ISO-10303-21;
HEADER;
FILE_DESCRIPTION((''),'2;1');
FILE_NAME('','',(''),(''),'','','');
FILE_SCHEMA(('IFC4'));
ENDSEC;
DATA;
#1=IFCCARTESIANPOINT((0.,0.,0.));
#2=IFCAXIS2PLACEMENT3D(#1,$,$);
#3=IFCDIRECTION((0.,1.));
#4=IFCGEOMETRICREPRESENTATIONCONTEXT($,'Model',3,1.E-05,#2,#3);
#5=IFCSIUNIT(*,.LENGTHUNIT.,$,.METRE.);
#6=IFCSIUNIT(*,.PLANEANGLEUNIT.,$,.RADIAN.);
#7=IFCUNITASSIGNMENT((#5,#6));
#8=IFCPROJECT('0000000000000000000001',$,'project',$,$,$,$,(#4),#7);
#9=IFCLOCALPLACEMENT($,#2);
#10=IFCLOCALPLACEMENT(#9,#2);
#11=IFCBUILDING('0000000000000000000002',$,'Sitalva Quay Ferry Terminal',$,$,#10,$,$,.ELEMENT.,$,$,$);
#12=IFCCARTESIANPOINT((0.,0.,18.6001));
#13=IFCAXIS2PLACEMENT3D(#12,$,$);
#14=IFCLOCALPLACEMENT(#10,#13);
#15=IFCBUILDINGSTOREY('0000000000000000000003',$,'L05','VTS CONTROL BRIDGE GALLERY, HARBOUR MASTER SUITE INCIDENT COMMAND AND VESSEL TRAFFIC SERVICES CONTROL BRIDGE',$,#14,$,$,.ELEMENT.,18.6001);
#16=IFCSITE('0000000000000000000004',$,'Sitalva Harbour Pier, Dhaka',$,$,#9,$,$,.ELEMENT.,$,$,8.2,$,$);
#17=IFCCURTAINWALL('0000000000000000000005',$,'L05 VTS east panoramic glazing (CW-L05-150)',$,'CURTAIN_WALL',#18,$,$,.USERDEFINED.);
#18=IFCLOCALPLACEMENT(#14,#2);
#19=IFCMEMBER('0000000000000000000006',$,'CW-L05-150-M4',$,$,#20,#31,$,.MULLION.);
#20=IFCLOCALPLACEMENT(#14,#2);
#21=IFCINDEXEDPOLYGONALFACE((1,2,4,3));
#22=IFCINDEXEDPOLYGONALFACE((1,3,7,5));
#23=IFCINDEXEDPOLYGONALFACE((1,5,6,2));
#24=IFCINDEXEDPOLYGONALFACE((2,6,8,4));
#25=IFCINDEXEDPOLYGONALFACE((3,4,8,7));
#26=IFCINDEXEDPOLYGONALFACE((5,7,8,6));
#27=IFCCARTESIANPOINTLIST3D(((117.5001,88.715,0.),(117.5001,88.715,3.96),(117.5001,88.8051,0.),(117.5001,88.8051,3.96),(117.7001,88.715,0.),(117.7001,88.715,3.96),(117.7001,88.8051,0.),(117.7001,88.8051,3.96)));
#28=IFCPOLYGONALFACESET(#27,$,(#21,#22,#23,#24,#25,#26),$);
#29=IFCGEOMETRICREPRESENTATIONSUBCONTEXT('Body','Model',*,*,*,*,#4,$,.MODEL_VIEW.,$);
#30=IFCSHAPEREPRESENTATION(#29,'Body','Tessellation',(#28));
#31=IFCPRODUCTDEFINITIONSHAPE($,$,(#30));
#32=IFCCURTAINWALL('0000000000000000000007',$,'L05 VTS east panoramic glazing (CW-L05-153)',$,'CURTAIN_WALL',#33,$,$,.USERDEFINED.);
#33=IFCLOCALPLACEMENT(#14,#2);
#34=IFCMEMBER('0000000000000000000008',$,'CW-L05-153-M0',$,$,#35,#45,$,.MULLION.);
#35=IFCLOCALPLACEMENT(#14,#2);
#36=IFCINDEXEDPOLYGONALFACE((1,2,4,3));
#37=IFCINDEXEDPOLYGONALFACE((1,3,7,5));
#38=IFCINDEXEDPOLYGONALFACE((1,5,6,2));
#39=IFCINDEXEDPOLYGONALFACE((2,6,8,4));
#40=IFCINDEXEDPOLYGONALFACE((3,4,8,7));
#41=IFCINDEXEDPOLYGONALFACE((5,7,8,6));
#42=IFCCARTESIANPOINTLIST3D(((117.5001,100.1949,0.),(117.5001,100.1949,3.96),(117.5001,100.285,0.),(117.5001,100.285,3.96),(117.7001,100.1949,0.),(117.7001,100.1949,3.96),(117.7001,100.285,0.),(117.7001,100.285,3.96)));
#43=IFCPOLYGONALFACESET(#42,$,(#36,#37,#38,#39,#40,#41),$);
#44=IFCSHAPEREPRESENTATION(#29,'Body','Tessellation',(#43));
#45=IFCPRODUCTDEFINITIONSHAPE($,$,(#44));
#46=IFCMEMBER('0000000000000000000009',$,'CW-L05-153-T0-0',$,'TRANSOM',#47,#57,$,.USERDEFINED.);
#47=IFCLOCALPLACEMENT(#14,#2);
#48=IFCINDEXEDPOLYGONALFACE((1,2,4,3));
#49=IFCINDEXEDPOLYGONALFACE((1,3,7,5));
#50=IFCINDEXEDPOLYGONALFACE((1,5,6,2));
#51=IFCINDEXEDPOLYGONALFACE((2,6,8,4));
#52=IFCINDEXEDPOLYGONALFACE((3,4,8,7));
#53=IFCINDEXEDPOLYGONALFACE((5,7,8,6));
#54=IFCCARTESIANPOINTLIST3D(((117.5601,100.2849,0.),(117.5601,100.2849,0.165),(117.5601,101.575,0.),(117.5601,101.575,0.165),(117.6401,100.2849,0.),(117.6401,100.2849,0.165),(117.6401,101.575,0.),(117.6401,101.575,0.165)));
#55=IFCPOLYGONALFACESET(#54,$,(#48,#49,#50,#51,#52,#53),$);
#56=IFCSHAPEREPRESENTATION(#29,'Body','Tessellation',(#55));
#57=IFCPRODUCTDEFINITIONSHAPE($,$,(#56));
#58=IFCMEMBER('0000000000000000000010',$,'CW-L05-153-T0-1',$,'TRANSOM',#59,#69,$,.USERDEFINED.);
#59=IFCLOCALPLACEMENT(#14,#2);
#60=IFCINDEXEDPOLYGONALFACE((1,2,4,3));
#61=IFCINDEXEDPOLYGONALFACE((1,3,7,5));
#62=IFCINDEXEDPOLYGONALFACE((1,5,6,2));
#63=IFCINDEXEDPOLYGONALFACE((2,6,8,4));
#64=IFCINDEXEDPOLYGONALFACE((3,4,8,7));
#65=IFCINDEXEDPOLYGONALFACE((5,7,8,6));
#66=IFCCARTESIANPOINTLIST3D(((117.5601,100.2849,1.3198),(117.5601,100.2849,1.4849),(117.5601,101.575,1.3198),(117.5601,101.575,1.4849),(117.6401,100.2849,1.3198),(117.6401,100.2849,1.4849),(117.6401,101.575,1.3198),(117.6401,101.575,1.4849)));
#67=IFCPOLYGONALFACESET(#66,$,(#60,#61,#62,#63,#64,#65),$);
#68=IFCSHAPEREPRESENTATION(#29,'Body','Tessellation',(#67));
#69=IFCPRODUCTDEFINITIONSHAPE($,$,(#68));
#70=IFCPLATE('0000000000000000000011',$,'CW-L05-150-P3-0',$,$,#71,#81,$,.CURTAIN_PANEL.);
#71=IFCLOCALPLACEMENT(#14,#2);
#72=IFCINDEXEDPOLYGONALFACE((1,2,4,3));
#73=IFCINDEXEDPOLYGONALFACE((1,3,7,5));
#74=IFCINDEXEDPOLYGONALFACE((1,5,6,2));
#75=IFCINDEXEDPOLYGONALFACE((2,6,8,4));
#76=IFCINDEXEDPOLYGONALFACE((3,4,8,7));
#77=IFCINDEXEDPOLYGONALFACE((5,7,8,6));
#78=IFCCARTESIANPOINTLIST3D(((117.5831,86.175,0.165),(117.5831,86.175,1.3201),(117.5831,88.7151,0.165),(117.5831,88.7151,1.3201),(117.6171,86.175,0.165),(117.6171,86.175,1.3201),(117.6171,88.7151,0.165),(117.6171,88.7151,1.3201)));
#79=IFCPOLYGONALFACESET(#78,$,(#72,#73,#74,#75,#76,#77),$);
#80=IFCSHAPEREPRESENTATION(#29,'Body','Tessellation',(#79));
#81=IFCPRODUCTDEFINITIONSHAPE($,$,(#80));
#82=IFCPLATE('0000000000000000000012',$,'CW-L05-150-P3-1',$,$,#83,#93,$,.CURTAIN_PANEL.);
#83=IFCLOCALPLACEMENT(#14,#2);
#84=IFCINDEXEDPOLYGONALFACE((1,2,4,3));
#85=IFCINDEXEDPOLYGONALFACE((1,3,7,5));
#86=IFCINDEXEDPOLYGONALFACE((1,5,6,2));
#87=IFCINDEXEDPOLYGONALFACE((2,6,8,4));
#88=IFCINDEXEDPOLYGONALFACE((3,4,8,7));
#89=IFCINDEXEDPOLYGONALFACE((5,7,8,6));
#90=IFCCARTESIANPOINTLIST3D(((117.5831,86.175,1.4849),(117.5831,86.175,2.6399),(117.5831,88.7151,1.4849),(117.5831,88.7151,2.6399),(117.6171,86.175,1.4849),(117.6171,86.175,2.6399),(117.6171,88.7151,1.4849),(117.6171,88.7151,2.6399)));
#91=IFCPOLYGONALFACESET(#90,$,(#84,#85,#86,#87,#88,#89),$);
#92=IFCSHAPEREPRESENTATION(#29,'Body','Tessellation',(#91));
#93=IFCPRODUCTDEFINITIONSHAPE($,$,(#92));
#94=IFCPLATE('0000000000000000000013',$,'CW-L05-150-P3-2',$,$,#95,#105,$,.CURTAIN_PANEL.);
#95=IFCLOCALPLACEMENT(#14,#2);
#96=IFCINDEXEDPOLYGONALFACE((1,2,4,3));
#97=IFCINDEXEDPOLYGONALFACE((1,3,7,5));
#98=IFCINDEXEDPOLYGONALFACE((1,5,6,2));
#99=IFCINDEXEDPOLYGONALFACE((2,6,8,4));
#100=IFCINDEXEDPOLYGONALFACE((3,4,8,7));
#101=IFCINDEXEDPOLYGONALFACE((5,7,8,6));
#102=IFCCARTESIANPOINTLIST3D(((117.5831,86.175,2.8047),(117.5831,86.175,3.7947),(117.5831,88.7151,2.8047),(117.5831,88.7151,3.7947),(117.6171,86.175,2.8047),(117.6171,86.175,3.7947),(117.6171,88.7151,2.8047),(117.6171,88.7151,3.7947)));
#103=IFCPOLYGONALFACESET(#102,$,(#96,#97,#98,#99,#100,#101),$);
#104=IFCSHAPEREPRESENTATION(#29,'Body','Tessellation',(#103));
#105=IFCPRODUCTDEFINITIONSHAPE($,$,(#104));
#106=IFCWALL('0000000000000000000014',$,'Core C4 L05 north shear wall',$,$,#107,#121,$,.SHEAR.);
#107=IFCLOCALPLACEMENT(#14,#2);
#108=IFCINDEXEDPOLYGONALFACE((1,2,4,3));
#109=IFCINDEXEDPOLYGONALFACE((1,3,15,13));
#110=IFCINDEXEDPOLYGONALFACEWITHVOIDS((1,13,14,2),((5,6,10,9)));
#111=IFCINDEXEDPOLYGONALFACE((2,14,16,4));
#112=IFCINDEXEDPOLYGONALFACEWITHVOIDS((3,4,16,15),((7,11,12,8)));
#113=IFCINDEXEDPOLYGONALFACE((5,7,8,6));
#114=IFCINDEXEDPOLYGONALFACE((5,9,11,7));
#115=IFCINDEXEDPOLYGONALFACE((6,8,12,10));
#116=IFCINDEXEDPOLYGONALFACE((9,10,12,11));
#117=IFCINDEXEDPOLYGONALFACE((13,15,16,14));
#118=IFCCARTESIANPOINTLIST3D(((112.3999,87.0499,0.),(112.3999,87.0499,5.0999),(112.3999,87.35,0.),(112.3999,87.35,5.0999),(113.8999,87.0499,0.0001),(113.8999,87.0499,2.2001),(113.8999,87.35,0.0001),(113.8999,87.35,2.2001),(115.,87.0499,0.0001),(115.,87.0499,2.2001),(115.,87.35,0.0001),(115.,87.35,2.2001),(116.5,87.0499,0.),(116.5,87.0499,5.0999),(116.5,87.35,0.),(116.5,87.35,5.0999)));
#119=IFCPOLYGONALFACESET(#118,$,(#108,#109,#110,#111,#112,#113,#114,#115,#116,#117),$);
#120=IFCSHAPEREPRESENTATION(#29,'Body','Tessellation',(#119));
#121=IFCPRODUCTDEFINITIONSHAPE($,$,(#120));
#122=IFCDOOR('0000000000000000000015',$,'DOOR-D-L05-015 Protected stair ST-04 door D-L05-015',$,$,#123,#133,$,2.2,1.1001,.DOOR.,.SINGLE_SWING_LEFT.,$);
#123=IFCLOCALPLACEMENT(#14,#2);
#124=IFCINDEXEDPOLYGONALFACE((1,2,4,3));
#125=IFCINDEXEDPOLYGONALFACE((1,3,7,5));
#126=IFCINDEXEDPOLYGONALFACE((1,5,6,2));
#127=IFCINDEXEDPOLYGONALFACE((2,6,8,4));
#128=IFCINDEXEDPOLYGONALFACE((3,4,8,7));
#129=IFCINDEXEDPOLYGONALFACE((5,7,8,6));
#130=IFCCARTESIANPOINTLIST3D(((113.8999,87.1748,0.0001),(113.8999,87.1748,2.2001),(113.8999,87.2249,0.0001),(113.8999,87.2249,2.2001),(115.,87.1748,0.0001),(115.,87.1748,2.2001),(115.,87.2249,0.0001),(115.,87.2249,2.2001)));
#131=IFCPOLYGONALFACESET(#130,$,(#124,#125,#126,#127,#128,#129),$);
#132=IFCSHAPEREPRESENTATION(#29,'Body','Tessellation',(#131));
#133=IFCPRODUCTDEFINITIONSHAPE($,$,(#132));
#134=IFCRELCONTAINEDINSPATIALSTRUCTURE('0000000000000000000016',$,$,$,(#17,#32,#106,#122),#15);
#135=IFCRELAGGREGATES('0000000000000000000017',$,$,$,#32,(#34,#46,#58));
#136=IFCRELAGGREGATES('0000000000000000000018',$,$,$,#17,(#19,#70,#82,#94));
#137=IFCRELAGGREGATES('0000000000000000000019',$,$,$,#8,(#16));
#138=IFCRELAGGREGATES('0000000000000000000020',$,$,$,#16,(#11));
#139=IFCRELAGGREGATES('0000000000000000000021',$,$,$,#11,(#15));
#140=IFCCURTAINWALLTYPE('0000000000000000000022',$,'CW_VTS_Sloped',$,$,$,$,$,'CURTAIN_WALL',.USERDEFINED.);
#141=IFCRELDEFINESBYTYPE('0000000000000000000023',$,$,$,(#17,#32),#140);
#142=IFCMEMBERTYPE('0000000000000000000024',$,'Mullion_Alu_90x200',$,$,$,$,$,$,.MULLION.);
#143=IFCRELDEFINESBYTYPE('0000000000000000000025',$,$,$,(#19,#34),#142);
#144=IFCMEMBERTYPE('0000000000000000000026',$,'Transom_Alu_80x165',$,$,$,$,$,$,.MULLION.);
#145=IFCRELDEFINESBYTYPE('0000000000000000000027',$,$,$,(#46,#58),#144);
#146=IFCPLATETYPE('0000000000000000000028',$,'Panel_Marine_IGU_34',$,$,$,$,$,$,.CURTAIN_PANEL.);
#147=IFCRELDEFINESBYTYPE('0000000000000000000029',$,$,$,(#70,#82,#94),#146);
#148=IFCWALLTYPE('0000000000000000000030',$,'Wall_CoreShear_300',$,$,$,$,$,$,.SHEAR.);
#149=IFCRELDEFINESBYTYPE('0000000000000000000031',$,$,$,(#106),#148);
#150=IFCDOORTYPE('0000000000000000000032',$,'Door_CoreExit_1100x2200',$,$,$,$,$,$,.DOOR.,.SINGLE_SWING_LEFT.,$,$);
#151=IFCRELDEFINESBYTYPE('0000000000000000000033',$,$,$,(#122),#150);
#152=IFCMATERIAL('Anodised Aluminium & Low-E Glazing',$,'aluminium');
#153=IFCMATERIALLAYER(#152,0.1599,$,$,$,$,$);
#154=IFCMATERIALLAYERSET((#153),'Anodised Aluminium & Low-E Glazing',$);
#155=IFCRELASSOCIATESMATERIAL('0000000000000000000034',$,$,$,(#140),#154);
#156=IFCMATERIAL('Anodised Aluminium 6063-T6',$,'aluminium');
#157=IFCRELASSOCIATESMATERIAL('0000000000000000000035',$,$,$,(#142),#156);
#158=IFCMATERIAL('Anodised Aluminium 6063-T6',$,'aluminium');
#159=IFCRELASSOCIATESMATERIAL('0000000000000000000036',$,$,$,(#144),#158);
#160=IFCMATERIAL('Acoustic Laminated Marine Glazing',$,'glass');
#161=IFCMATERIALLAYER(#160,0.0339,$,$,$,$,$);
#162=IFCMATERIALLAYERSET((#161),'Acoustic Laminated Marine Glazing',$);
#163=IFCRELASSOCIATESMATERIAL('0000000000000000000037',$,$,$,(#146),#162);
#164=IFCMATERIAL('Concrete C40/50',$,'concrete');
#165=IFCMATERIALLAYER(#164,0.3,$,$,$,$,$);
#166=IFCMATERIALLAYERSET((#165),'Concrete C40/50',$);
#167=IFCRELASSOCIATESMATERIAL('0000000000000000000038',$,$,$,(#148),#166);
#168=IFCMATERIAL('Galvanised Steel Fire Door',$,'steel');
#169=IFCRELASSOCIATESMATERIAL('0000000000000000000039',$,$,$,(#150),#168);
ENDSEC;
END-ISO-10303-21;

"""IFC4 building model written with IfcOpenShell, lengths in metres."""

from ifc_helpers import new_model, si_unit, direction, frame, frame_2d, origin, origin_2d, place, context, subcontext, project, spatial, rectangle, extrude, material, layer, layer_set, material_profile, profile_set, type_object, element, fill, aggregate, save


model = new_model("IFC4")

# Units and contexts
model_context = context("Model", 3, precision=1e-05, world=origin(), true_north=direction((0.0, 1.0)))
body_context = subcontext(model_context, "Body", "Model", "MODEL_VIEW")
ifc_project = project(units=[si_unit("LENGTHUNIT", "METRE"), si_unit("PLANEANGLEUNIT", "RADIAN")], contexts=[model_context])

# Site, building, storey
site_placement = place(None, origin())
site = spatial("IfcSite", under=ifc_project, at=site_placement, Name="Sitalva Harbour Pier, Dhaka", CompositionType="ELEMENT", RefElevation=8.2)
building_placement = place(site_placement, origin())
building = spatial("IfcBuilding", under=site, at=building_placement, Name="Sitalva Quay Ferry Terminal", CompositionType="ELEMENT")
storey_placement = place(building_placement, frame((0.0, 0.0, 18.6001)))
storey = spatial("IfcBuildingStorey", under=building, at=storey_placement, Name="L05", Description="VTS CONTROL BRIDGE GALLERY, HARBOUR MASTER SUITE INCIDENT COMMAND AND VESSEL TRAFFIC SERVICES CONTROL BRIDGE", CompositionType="ELEMENT", Elevation=18.6001)

# Curtain wall, member
ifc_material_1 = material(Name="Anodised Aluminium & Low-E Glazing", Category="aluminium")
ifc_layer_1 = layer(ifc_material_1, 0.1599)
ifc_layer_set_1 = layer_set([ifc_layer_1], Name="Anodised Aluminium & Low-E Glazing")
curtain_wall_type = type_object("IfcCurtainWallType", Name="CW_VTS_Sloped", ElementType="CURTAIN_WALL", PredefinedType="USERDEFINED", material=ifc_layer_set_1)
curtain_wall_1_placement = place(storey_placement, origin())
curtain_wall_1 = element("IfcCurtainWall", 1, at=curtain_wall_1_placement, inside=storey, type_object=curtain_wall_type, Name="L05 VTS east panoramic glazing (CW-L05-150)", ObjectType="CURTAIN_WALL", PredefinedType="USERDEFINED")
ifc_material_2 = material(Name="Anodised Aluminium 6063-T6", Category="aluminium")
ifc_material_profile_1 = material_profile(ifc_material_2, rectangle(XDim=0.0901, YDim=0.2, at=origin_2d()), Name="ALU90x200")
ifc_profile_set_1 = profile_set([ifc_material_profile_1], Name="Anodised Aluminium 6063-T6")
member_type_1 = type_object("IfcMemberType", Name="Mullion_Alu_90x200", PredefinedType="MULLION", material=ifc_profile_set_1)
member_1_placement = place(storey_placement, frame((117.6001, 88.76, 0.0), z_axis=(0.0, 0.0, 1.0), x_axis=(0.0, 1.0, 0.0)))
member_1 = element("IfcMember", 2, at=member_1_placement, type_object=member_type_1, Name="CW-L05-150-M4", PredefinedType="MULLION", context=body_context, shape_type="SweptSolid", body=[
    extrude(rectangle(XDim=0.0901, YDim=0.2, at=origin_2d()), origin(), (0.0, 0.0, 1.0), 3.96),
])

# Curtain wall, members
curtain_wall_2_placement = place(storey_placement, origin())
curtain_wall_2 = element("IfcCurtainWall", 3, at=curtain_wall_2_placement, inside=storey, type_object=curtain_wall_type, Name="L05 VTS east panoramic glazing (CW-L05-153)", ObjectType="CURTAIN_WALL", PredefinedType="USERDEFINED")
member_2_placement = place(storey_placement, frame((117.6001, 100.24, 0.0), z_axis=(0.0, 0.0, 1.0), x_axis=(0.0, 1.0, 0.0)))
member_2 = element("IfcMember", 4, at=member_2_placement, type_object=member_type_1, Name="CW-L05-153-M0", PredefinedType="MULLION", context=body_context, shape_type="SweptSolid", body=[
    extrude(rectangle(XDim=0.0901, YDim=0.2, at=origin_2d()), origin(), (0.0, 0.0, 1.0), 3.96),
])
ifc_material_3 = material(Name="Anodised Aluminium 6063-T6", Category="aluminium")
ifc_material_profile_2 = material_profile(ifc_material_3, rectangle(XDim=0.0801, YDim=0.165, at=origin_2d()), Name="ALU80x165")
ifc_profile_set_2 = profile_set([ifc_material_profile_2], Name="Anodised Aluminium 6063-T6")
member_type_2 = type_object("IfcMemberType", Name="Transom_Alu_80x165", PredefinedType="MULLION", material=ifc_profile_set_2)
member_3_placement = place(storey_placement, frame((117.6001, 100.2849, 0.0825), z_axis=(0.0, 1.0, 0.0), x_axis=(-1.0, 0.0, 0.0)))
member_3 = element("IfcMember", 5, at=member_3_placement, type_object=member_type_2, Name="CW-L05-153-T0-0", ObjectType="TRANSOM", PredefinedType="USERDEFINED", context=body_context, shape_type="SweptSolid", body=[
    extrude(rectangle(XDim=0.0801, YDim=0.165, at=origin_2d()), origin(), (0.0, 0.0, 1.0), 1.29),
])
member_4_placement = place(storey_placement, frame((117.6001, 100.2849, 1.4023), z_axis=(0.0, 1.0, 0.0), x_axis=(-1.0, 0.0, 0.0)))
member_4 = element("IfcMember", 6, at=member_4_placement, type_object=member_type_2, Name="CW-L05-153-T0-1", ObjectType="TRANSOM", PredefinedType="USERDEFINED", context=body_context, shape_type="SweptSolid", body=[
    extrude(rectangle(XDim=0.0801, YDim=0.165, at=origin_2d()), origin(), (0.0, 0.0, 1.0), 1.29),
])
aggregate(curtain_wall_2, [member_2, member_3, member_4])

# Plates
ifc_material_4 = material(Name="Acoustic Laminated Marine Glazing", Category="glass")
ifc_layer_2 = layer(ifc_material_4, 0.0339)
ifc_layer_set_2 = layer_set([ifc_layer_2], Name="Acoustic Laminated Marine Glazing")
plate_type = type_object("IfcPlateType", Name="Panel_Marine_IGU_34", PredefinedType="CURTAIN_PANEL", material=ifc_layer_set_2)
plate_1_placement = place(storey_placement, frame((117.6001, 87.4451, 0.165), z_axis=(0.0, 0.0, 1.0), x_axis=(0.0, 1.0, 0.0)))
plate_1 = element("IfcPlate", 7, at=plate_1_placement, type_object=plate_type, Name="CW-L05-150-P3-0", PredefinedType="CURTAIN_PANEL", context=body_context, shape_type="SweptSolid", body=[
    extrude(rectangle(XDim=2.54, YDim=0.0339, at=origin_2d()), origin(), (0.0, 0.0, 1.0), 1.155),
])
plate_2_placement = place(storey_placement, frame((117.6001, 87.4451, 1.4849), z_axis=(0.0, 0.0, 1.0), x_axis=(0.0, 1.0, 0.0)))
plate_2 = element("IfcPlate", 8, at=plate_2_placement, type_object=plate_type, Name="CW-L05-150-P3-1", PredefinedType="CURTAIN_PANEL", context=body_context, shape_type="SweptSolid", body=[
    extrude(rectangle(XDim=2.54, YDim=0.0339, at=origin_2d()), origin(), (0.0, 0.0, 1.0), 1.155),
])
plate_3_placement = place(storey_placement, frame((117.6001, 87.4451, 2.8047), z_axis=(0.0, 0.0, 1.0), x_axis=(0.0, 1.0, 0.0)))
plate_3 = element("IfcPlate", 9, at=plate_3_placement, type_object=plate_type, Name="CW-L05-150-P3-2", PredefinedType="CURTAIN_PANEL", context=body_context, shape_type="SweptSolid", body=[
    extrude(rectangle(XDim=2.54, YDim=0.0339, at=origin_2d()), origin(), (0.0, 0.0, 1.0), 0.99),
])
aggregate(curtain_wall_1, [member_1, plate_1, plate_2, plate_3])

# Wall, opening, door
ifc_material_5 = material(Name="Concrete C40/50", Category="concrete")
ifc_layer_3 = layer(ifc_material_5, 0.3)
ifc_layer_set_3 = layer_set([ifc_layer_3], Name="Concrete C40/50")
wall_type_1 = type_object("IfcWallType", Name="Wall_CoreShear_300", PredefinedType="SHEAR", material=ifc_layer_set_3)
wall_1_placement = place(storey_placement, frame((112.3999, 87.2, 0.0), z_axis=(0.0, 0.0, 1.0), x_axis=(1.0, 0.0, 0.0)))
wall_1 = element("IfcWall", 10, at=wall_1_placement, inside=storey, type_object=wall_type_1, Name="Core C4 L05 north shear wall", PredefinedType="SHEAR", context=body_context, shape_type="SweptSolid", body=[
    extrude(rectangle(XDim=4.1001, YDim=0.3, at=frame_2d((2.05, 0.0))), origin(), (0.0, 0.0, 1.0), 5.0999),
])
opening_1_placement = place(wall_1_placement, frame((1.5, 0.0, 0.0)))
opening_1 = element("IfcOpeningElement", 11, at=opening_1_placement, cuts=wall_1, PredefinedType="OPENING", context=body_context, shape_type="SweptSolid", body=[
    extrude(rectangle(XDim=1.1001, YDim=2.2, at=frame_2d((0.55, 1.1001))), frame((0.0, 0.1599, 0.0), z_axis=(0.0, -1.0, 0.0), x_axis=(1.0, 0.0, 0.0)), (0.0, 0.0, 1.0), 0.3201),
])
ifc_material_6 = material(Name="Galvanised Steel Fire Door", Category="steel")
door_type_1 = type_object("IfcDoorType", Name="Door_CoreExit_1100x2200", OperationType="SINGLE_SWING_LEFT", PredefinedType="DOOR", material=ifc_material_6)
door_1_placement = place(opening_1_placement, origin())
door_1 = element("IfcDoor", 12, at=door_1_placement, inside=storey, type_object=door_type_1, Name="DOOR-D-L05-015 Protected stair ST-04 door D-L05-015", OperationType="SINGLE_SWING_LEFT", OverallHeight=2.2, OverallWidth=1.1001, PredefinedType="DOOR", context=body_context, shape_type="SweptSolid", body=[
    extrude(rectangle(XDim=1.1001, YDim=2.2, at=frame_2d((0.55, 1.1001))), frame((0.0, 0.0249, 0.0), z_axis=(0.0, -1.0, 0.0), x_axis=(1.0, 0.0, 0.0)), (0.0, 0.0, 1.0), 0.05),
])
fill(opening_1, door_1)

save(model, "model.ifc")
